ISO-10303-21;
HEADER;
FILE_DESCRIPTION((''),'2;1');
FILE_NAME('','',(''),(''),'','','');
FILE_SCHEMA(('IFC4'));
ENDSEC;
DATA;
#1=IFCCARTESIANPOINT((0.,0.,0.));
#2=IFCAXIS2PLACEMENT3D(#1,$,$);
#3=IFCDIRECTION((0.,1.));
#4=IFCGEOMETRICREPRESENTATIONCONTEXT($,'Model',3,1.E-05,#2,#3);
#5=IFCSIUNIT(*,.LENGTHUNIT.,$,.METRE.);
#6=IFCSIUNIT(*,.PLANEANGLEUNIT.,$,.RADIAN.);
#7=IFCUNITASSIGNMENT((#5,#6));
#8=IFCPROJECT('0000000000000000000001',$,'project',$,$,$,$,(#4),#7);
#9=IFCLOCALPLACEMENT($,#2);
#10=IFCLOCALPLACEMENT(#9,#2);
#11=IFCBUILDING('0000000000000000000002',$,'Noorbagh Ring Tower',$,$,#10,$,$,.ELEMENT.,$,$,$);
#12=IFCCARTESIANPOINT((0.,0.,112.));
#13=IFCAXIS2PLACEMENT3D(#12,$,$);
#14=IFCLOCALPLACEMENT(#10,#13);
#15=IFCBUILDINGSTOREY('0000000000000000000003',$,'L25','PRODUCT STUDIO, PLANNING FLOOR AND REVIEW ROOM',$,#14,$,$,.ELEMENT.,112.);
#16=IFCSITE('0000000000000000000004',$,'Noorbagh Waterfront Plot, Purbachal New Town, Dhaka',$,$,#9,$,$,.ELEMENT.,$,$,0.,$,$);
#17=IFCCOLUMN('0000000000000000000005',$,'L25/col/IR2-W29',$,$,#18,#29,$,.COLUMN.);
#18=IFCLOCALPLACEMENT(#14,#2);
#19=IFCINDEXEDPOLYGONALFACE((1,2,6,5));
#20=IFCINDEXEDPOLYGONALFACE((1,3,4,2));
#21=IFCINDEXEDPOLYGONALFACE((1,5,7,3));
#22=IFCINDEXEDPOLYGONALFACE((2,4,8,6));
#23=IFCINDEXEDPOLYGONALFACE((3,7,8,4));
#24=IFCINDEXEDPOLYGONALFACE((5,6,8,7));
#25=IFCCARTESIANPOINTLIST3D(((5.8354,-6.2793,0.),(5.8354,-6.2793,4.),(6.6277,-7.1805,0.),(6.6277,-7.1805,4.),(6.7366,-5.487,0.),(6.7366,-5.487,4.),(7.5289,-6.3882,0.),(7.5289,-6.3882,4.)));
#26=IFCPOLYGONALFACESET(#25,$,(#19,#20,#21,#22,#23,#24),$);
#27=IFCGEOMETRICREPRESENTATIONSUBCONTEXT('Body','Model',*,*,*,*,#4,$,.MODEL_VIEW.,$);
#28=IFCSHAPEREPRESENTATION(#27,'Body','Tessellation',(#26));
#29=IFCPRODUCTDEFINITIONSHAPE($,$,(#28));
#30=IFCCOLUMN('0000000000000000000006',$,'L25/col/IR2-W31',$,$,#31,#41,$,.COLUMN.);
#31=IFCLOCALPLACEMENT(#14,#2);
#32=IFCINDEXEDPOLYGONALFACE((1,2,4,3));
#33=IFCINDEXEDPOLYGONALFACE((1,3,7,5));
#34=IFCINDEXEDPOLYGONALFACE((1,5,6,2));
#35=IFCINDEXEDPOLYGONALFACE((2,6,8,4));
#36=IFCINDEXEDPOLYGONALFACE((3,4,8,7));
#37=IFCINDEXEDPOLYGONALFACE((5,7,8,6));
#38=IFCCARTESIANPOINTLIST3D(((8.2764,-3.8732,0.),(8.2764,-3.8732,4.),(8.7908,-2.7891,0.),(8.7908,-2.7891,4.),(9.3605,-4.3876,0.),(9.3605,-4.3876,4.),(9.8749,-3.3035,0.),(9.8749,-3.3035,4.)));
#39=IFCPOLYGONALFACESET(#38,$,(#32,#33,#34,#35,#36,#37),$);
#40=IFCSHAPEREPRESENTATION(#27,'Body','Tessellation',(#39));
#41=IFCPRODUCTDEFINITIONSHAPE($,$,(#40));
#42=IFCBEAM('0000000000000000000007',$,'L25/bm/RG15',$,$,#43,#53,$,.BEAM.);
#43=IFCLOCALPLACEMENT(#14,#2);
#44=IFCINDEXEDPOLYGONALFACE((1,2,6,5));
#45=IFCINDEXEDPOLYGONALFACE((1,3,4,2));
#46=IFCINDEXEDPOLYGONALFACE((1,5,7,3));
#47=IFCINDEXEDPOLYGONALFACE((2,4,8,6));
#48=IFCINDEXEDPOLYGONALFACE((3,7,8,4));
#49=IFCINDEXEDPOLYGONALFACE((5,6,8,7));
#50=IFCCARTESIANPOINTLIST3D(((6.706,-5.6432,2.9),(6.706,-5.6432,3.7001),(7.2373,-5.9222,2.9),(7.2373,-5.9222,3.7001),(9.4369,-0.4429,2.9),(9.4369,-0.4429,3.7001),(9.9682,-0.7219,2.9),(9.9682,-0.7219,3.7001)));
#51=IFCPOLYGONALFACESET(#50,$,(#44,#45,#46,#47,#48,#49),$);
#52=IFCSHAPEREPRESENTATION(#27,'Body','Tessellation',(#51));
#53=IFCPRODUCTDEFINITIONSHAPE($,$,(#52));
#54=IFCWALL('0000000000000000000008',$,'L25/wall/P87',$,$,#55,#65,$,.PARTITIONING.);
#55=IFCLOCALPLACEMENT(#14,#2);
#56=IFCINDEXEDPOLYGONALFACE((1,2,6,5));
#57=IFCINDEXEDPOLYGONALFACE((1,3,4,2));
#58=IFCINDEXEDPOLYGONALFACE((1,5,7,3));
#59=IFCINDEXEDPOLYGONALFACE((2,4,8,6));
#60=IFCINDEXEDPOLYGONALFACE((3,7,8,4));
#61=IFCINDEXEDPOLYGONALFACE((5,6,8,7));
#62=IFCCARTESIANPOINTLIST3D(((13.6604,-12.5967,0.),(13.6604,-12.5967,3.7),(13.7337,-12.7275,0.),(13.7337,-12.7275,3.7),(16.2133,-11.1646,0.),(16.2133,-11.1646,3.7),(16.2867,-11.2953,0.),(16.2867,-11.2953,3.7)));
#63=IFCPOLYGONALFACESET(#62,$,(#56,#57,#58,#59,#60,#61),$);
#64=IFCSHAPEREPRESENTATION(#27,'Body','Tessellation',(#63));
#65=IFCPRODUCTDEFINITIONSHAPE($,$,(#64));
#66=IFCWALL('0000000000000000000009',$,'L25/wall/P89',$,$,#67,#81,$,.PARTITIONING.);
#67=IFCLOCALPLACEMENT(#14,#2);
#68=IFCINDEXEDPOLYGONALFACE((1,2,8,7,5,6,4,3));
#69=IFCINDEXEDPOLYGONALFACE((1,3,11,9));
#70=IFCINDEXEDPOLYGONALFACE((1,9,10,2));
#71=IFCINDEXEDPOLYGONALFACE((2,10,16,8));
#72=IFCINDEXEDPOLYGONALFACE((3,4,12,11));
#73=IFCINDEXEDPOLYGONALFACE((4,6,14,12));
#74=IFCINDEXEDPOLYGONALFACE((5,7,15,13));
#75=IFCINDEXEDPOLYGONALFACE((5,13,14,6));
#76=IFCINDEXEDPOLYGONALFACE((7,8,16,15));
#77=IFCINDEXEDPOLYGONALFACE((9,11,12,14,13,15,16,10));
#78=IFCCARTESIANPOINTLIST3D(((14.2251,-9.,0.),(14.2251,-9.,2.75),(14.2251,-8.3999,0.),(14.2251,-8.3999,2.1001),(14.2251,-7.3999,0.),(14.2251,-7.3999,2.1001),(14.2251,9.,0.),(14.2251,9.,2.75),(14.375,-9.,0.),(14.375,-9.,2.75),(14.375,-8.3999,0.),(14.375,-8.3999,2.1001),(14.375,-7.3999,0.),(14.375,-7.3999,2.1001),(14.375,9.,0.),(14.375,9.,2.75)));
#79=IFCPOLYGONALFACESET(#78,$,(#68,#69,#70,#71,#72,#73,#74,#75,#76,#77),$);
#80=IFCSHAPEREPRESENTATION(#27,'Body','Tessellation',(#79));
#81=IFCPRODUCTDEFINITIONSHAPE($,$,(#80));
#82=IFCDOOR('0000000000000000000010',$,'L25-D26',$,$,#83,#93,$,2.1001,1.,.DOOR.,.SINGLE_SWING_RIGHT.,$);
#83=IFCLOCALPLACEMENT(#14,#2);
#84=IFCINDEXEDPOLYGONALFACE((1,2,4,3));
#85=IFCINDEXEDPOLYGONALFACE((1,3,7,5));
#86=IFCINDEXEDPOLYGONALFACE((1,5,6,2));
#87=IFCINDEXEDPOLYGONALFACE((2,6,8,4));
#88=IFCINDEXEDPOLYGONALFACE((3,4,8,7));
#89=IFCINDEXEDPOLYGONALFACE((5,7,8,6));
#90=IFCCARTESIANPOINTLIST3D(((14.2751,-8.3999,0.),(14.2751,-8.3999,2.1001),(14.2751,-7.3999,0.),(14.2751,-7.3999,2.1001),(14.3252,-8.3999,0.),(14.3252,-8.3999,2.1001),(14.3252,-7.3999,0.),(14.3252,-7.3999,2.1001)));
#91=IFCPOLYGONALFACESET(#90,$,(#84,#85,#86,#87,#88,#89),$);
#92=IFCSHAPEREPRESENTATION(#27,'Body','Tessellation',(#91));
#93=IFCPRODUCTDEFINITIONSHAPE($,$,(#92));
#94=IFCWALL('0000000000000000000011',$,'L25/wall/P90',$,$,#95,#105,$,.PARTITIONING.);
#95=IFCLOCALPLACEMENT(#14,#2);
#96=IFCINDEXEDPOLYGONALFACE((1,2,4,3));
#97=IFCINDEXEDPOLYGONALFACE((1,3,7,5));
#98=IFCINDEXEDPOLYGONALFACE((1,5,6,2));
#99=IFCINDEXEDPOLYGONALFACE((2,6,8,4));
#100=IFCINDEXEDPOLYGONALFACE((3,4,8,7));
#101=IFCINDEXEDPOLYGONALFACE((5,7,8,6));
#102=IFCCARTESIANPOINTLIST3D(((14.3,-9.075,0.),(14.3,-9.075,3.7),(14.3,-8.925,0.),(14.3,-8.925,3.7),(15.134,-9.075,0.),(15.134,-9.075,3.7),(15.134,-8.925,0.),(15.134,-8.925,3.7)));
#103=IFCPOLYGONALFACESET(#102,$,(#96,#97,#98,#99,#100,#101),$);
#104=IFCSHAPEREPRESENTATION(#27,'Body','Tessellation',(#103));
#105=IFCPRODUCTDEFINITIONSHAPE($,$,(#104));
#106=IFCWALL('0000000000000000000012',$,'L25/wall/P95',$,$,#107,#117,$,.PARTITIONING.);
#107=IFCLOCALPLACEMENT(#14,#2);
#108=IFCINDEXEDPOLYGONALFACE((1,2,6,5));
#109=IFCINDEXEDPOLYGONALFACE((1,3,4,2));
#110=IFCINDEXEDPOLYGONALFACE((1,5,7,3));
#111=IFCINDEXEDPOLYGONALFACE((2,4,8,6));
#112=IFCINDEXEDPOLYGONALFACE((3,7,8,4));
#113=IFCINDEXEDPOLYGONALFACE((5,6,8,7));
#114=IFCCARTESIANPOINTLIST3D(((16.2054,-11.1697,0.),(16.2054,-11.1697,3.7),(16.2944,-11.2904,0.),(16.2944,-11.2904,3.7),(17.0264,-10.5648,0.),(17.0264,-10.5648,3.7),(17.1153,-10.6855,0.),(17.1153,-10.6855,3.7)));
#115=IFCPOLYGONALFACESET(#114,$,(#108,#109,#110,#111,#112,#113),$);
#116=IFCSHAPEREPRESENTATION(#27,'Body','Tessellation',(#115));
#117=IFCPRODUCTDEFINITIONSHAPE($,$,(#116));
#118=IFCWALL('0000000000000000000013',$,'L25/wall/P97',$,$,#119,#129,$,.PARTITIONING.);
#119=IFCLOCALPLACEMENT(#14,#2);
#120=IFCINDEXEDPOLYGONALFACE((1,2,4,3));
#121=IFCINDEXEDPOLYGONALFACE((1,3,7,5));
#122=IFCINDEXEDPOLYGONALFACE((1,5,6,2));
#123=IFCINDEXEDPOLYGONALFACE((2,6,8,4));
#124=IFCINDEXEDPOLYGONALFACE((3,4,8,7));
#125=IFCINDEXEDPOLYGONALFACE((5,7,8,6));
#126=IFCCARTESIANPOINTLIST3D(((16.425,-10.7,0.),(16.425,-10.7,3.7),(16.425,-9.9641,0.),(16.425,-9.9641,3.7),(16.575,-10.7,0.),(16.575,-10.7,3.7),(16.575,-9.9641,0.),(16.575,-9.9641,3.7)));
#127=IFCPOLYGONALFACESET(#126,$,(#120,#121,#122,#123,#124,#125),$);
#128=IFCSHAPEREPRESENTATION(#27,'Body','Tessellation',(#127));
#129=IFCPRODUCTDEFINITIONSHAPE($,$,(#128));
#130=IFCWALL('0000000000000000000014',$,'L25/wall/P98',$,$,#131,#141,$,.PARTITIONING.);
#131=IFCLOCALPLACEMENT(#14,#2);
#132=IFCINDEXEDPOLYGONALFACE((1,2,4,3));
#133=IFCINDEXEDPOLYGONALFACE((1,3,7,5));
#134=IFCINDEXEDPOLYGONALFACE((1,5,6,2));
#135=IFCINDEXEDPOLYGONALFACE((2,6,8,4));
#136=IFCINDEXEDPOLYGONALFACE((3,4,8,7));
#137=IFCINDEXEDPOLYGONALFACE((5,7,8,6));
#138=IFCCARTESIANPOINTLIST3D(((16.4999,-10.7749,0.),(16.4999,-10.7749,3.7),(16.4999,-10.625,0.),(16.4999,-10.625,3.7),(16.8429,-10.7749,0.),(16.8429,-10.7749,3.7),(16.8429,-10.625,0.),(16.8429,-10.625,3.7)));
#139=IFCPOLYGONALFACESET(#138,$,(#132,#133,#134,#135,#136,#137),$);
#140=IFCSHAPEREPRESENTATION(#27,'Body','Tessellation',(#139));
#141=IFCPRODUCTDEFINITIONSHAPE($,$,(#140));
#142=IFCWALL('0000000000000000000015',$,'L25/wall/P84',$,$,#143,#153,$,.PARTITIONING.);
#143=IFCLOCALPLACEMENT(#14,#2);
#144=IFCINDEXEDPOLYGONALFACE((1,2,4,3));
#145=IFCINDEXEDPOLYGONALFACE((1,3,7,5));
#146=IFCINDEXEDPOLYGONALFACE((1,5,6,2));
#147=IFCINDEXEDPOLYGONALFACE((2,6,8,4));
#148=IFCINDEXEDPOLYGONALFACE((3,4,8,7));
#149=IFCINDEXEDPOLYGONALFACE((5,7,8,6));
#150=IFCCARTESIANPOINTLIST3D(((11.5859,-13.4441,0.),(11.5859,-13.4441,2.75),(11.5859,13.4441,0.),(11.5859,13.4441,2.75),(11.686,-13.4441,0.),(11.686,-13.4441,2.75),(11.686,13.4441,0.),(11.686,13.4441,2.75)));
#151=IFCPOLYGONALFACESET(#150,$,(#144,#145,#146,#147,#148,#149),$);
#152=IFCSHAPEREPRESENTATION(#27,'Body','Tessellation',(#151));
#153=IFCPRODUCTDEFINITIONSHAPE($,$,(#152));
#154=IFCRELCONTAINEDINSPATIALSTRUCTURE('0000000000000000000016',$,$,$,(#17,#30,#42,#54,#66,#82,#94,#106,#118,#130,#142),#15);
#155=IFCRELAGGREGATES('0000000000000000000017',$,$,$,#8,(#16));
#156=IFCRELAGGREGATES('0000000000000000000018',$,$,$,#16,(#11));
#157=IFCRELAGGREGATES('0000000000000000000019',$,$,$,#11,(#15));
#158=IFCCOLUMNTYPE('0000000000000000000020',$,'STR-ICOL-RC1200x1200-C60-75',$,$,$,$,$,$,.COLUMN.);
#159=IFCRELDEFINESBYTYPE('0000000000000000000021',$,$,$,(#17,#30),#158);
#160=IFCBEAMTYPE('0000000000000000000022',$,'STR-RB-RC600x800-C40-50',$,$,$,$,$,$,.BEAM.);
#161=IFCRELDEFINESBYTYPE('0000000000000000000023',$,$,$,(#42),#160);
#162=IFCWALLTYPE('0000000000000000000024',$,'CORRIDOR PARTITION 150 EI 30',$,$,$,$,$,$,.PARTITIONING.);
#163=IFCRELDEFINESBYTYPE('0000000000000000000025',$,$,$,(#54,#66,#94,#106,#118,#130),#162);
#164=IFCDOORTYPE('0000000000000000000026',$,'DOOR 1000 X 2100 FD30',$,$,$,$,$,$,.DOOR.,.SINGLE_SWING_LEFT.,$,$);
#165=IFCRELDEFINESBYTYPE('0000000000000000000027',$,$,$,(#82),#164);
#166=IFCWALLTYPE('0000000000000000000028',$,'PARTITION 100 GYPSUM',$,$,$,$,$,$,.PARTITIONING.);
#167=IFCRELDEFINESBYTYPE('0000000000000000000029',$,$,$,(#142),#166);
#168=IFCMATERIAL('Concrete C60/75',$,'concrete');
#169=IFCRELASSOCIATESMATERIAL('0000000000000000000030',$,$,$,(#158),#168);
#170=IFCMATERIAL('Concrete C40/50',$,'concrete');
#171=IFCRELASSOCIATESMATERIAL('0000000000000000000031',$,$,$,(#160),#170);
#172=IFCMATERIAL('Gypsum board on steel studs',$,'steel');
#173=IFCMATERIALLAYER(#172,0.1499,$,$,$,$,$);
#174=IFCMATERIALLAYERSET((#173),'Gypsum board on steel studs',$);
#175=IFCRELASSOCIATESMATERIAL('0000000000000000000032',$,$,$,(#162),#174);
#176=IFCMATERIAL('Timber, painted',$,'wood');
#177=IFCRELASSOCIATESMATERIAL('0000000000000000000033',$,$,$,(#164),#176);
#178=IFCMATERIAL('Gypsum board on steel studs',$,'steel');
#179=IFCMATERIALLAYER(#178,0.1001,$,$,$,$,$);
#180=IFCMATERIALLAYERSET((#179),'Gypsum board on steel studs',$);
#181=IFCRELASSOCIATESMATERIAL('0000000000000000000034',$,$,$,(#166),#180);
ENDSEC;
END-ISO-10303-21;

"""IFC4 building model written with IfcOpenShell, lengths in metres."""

from ifc_helpers import new_model, si_unit, direction, frame, frame_2d, origin, origin_2d, place, context, subcontext, project, spatial, rectangle, extrude, material, layer, layer_set, material_profile, profile_set, type_object, element, fill, save


model = new_model("IFC4")

# Units and contexts
model_context = context("Model", 3, precision=1e-05, world=origin(), true_north=direction((0.0, 1.0)))
body_context = subcontext(model_context, "Body", "Model", "MODEL_VIEW")
ifc_project = project(units=[si_unit("LENGTHUNIT", "METRE"), si_unit("PLANEANGLEUNIT", "RADIAN")], contexts=[model_context])

# Site, building, storey
site_placement = place(None, origin())
site = spatial("IfcSite", under=ifc_project, at=site_placement, Name="Noorbagh Waterfront Plot, Purbachal New Town, Dhaka", CompositionType="ELEMENT", RefElevation=0.0)
building_placement = place(site_placement, origin())
building = spatial("IfcBuilding", under=site, at=building_placement, Name="Noorbagh Ring Tower", CompositionType="ELEMENT")
storey_placement = place(building_placement, frame((0.0, 0.0, 112.0)))
storey = spatial("IfcBuildingStorey", under=building, at=storey_placement, Name="L25", Description="PRODUCT STUDIO, PLANNING FLOOR AND REVIEW ROOM", CompositionType="ELEMENT", Elevation=112.0)

# Columns
ifc_material_1 = material(Name="Concrete C60/75", Category="concrete")
ifc_material_profile_1 = material_profile(ifc_material_1, rectangle(XDim=1.2, YDim=1.2, at=origin_2d()), Name="RC1200x1200")
ifc_profile_set_1 = profile_set([ifc_material_profile_1], Name="Concrete C60/75")
column_type = type_object("IfcColumnType", Name="STR-ICOL-RC1200x1200-C60-75", PredefinedType="COLUMN", material=ifc_profile_set_1)
for number, where, z_axis, x_axis, name in (
    (1, (6.6821, -6.3337, 0.0), (0.0, 0.0, 1.0), (0.751022, 0.660277, 0.0), "L25/col/IR2-W29"),
    (2, (9.0757, -3.5884, 0.0), (0.0, 0.0, 1.0), (0.428667, 0.903463, 0.0), "L25/col/IR2-W31"),
):
    element("IfcColumn", number, at=place(storey_placement, frame(where, z_axis=z_axis, x_axis=x_axis)), inside=storey, type_object=column_type, Name=name, PredefinedType="COLUMN", context=body_context, shape_type="SweptSolid", body=[
        extrude(rectangle(XDim=1.2, YDim=1.2, at=origin_2d()), origin(), (0.0, 0.0, 1.0), 4.0),
    ])

# Beam
ifc_material_2 = material(Name="Concrete C40/50", Category="concrete")
ifc_material_profile_2 = material_profile(ifc_material_2, rectangle(XDim=0.6001, YDim=0.8, at=origin_2d()), Name="RC600x800")
ifc_profile_set_2 = profile_set([ifc_material_profile_2], Name="Concrete C40/50")
beam_type = type_object("IfcBeamType", Name="STR-RB-RC600x800-C40-50", PredefinedType="BEAM", material=ifc_profile_set_2)
beam_placement = place(storey_placement, frame((6.9717, -5.7827, 3.3), z_axis=(0.464931, 0.885347, 0.0), x_axis=(-0.885347, 0.464931, 0.0)))
element("IfcBeam", 3, at=beam_placement, inside=storey, type_object=beam_type, Name="L25/bm/RG15", PredefinedType="BEAM", context=body_context, shape_type="SweptSolid", body=[
    extrude(rectangle(XDim=0.6001, YDim=0.8, at=origin_2d()), origin(), (0.0, 0.0, 1.0), 5.8738),
])

# Wall
ifc_material_3 = material(Name="Gypsum board on steel studs", Category="steel")
ifc_layer_1 = layer(ifc_material_3, 0.1499)
ifc_layer_set_1 = layer_set([ifc_layer_1], Name="Gypsum board on steel studs")
wall_type_1 = type_object("IfcWallType", Name="CORRIDOR PARTITION 150 EI 30", PredefinedType="PARTITIONING", material=ifc_layer_set_1)
wall_1_placement = place(storey_placement, frame((13.697, -12.6621, 0.0), z_axis=(0.0, 0.0, 1.0), x_axis=(0.872147, 0.489243, 0.0)))
element("IfcWall", 4, at=wall_1_placement, inside=storey, type_object=wall_type_1, Name="L25/wall/P87", PredefinedType="PARTITIONING", context=body_context, shape_type="SweptSolid", body=[
    extrude(rectangle(XDim=2.9272, YDim=0.1499, at=frame_2d((1.4636, 0.0))), origin(), (0.0, 0.0, 1.0), 3.7),
])

# Wall, opening, door
wall_2_placement = place(storey_placement, frame((14.3, -9.0, 0.0), z_axis=(0.0, 0.0, 1.0), x_axis=(0.0, 1.0, 0.0)))
wall_2 = element("IfcWall", 5, at=wall_2_placement, inside=storey, type_object=wall_type_1, Name="L25/wall/P89", PredefinedType="PARTITIONING", context=body_context, shape_type="SweptSolid", body=[
    extrude(rectangle(XDim=18.0, YDim=0.1499, at=frame_2d((9.0, 0.0))), origin(), (0.0, 0.0, 1.0), 2.75),
])
opening_placement = place(wall_2_placement, frame((0.6001, 0.0, 0.0)))
opening = element("IfcOpeningElement", 6, at=opening_placement, cuts=wall_2, PredefinedType="OPENING", context=body_context, shape_type="SweptSolid", body=[
    extrude(rectangle(XDim=1.0, YDim=2.1001, at=frame_2d((0.5, 1.05))), frame((0.0, 0.085, 0.0), z_axis=(0.0, -1.0, 0.0), x_axis=(1.0, 0.0, 0.0)), (0.0, 0.0, 1.0), 0.1699),
])
ifc_material_4 = material(Name="Timber, painted", Category="wood")
door_type = type_object("IfcDoorType", Name="DOOR 1000 X 2100 FD30", OperationType="SINGLE_SWING_LEFT", PredefinedType="DOOR", material=ifc_material_4)
door_placement = place(opening_placement, origin())
door = element("IfcDoor", 7, at=door_placement, inside=storey, type_object=door_type, Name="L25-D26", OperationType="SINGLE_SWING_RIGHT", OverallHeight=2.1001, OverallWidth=1.0, PredefinedType="DOOR", context=body_context, shape_type="SweptSolid", body=[
    extrude(rectangle(XDim=1.0, YDim=2.1001, at=frame_2d((0.5, 1.05))), frame((0.0, 0.0249, 0.0), z_axis=(0.0, -1.0, 0.0), x_axis=(1.0, 0.0, 0.0)), (0.0, 0.0, 1.0), 0.05),
])
fill(opening, door)

# Walls
wall_3_placement = place(storey_placement, frame((14.3, -9.0, 0.0), z_axis=(0.0, 0.0, 1.0), x_axis=(1.0, 0.0, 0.0)))
element("IfcWall", 8, at=wall_3_placement, inside=storey, type_object=wall_type_1, Name="L25/wall/P90", PredefinedType="PARTITIONING", context=body_context, shape_type="SweptSolid", body=[
    extrude(rectangle(XDim=0.834, YDim=0.1499, at=frame_2d((0.417, 0.0))), origin(), (0.0, 0.0, 1.0), 3.7),
])
wall_4_placement = place(storey_placement, frame((16.25, -11.23, 0.0), z_axis=(0.0, 0.0, 1.0), x_axis=(0.805056, 0.593199, 0.0)))
element("IfcWall", 9, at=wall_4_placement, inside=storey, type_object=wall_type_1, Name="L25/wall/P95", PredefinedType="PARTITIONING", context=body_context, shape_type="SweptSolid", body=[
    extrude(rectangle(XDim=1.0198, YDim=0.1499, at=frame_2d((0.5098, 0.0))), origin(), (0.0, 0.0, 1.0), 3.7),
])
wall_5_placement = place(storey_placement, frame((16.5, -10.7, 0.0), z_axis=(0.0, 0.0, 1.0), x_axis=(0.0, 1.0, 0.0)))
element("IfcWall", 10, at=wall_5_placement, inside=storey, type_object=wall_type_1, Name="L25/wall/P97", PredefinedType="PARTITIONING", context=body_context, shape_type="SweptSolid", body=[
    extrude(rectangle(XDim=0.7358, YDim=0.1499, at=frame_2d((0.3679, 0.0))), origin(), (0.0, 0.0, 1.0), 3.7),
])
wall_6_placement = place(storey_placement, frame((16.5, -10.7, 0.0), z_axis=(0.0, 0.0, 1.0), x_axis=(1.0, 0.0, 0.0)))
element("IfcWall", 11, at=wall_6_placement, inside=storey, type_object=wall_type_1, Name="L25/wall/P98", PredefinedType="PARTITIONING", context=body_context, shape_type="SweptSolid", body=[
    extrude(rectangle(XDim=0.343, YDim=0.1499, at=frame_2d((0.1714, 0.0))), origin(), (0.0, 0.0, 1.0), 3.7),
])
ifc_material_5 = material(Name="Gypsum board on steel studs", Category="steel")
ifc_layer_2 = layer(ifc_material_5, 0.1001)
ifc_layer_set_2 = layer_set([ifc_layer_2], Name="Gypsum board on steel studs")
wall_type_2 = type_object("IfcWallType", Name="PARTITION 100 GYPSUM", PredefinedType="PARTITIONING", material=ifc_layer_set_2)
wall_7_placement = place(storey_placement, frame((11.636, -13.4441, 0.0), z_axis=(0.0, 0.0, 1.0), x_axis=(0.0, 1.0, 0.0)))
element("IfcWall", 12, at=wall_7_placement, inside=storey, type_object=wall_type_2, Name="L25/wall/P84", PredefinedType="PARTITIONING", context=body_context, shape_type="SweptSolid", body=[
    extrude(rectangle(XDim=26.8882, YDim=0.1001, at=frame_2d((13.4441, 0.0))), origin(), (0.0, 0.0, 1.0), 2.75),
])

save(model, "model.ifc")
